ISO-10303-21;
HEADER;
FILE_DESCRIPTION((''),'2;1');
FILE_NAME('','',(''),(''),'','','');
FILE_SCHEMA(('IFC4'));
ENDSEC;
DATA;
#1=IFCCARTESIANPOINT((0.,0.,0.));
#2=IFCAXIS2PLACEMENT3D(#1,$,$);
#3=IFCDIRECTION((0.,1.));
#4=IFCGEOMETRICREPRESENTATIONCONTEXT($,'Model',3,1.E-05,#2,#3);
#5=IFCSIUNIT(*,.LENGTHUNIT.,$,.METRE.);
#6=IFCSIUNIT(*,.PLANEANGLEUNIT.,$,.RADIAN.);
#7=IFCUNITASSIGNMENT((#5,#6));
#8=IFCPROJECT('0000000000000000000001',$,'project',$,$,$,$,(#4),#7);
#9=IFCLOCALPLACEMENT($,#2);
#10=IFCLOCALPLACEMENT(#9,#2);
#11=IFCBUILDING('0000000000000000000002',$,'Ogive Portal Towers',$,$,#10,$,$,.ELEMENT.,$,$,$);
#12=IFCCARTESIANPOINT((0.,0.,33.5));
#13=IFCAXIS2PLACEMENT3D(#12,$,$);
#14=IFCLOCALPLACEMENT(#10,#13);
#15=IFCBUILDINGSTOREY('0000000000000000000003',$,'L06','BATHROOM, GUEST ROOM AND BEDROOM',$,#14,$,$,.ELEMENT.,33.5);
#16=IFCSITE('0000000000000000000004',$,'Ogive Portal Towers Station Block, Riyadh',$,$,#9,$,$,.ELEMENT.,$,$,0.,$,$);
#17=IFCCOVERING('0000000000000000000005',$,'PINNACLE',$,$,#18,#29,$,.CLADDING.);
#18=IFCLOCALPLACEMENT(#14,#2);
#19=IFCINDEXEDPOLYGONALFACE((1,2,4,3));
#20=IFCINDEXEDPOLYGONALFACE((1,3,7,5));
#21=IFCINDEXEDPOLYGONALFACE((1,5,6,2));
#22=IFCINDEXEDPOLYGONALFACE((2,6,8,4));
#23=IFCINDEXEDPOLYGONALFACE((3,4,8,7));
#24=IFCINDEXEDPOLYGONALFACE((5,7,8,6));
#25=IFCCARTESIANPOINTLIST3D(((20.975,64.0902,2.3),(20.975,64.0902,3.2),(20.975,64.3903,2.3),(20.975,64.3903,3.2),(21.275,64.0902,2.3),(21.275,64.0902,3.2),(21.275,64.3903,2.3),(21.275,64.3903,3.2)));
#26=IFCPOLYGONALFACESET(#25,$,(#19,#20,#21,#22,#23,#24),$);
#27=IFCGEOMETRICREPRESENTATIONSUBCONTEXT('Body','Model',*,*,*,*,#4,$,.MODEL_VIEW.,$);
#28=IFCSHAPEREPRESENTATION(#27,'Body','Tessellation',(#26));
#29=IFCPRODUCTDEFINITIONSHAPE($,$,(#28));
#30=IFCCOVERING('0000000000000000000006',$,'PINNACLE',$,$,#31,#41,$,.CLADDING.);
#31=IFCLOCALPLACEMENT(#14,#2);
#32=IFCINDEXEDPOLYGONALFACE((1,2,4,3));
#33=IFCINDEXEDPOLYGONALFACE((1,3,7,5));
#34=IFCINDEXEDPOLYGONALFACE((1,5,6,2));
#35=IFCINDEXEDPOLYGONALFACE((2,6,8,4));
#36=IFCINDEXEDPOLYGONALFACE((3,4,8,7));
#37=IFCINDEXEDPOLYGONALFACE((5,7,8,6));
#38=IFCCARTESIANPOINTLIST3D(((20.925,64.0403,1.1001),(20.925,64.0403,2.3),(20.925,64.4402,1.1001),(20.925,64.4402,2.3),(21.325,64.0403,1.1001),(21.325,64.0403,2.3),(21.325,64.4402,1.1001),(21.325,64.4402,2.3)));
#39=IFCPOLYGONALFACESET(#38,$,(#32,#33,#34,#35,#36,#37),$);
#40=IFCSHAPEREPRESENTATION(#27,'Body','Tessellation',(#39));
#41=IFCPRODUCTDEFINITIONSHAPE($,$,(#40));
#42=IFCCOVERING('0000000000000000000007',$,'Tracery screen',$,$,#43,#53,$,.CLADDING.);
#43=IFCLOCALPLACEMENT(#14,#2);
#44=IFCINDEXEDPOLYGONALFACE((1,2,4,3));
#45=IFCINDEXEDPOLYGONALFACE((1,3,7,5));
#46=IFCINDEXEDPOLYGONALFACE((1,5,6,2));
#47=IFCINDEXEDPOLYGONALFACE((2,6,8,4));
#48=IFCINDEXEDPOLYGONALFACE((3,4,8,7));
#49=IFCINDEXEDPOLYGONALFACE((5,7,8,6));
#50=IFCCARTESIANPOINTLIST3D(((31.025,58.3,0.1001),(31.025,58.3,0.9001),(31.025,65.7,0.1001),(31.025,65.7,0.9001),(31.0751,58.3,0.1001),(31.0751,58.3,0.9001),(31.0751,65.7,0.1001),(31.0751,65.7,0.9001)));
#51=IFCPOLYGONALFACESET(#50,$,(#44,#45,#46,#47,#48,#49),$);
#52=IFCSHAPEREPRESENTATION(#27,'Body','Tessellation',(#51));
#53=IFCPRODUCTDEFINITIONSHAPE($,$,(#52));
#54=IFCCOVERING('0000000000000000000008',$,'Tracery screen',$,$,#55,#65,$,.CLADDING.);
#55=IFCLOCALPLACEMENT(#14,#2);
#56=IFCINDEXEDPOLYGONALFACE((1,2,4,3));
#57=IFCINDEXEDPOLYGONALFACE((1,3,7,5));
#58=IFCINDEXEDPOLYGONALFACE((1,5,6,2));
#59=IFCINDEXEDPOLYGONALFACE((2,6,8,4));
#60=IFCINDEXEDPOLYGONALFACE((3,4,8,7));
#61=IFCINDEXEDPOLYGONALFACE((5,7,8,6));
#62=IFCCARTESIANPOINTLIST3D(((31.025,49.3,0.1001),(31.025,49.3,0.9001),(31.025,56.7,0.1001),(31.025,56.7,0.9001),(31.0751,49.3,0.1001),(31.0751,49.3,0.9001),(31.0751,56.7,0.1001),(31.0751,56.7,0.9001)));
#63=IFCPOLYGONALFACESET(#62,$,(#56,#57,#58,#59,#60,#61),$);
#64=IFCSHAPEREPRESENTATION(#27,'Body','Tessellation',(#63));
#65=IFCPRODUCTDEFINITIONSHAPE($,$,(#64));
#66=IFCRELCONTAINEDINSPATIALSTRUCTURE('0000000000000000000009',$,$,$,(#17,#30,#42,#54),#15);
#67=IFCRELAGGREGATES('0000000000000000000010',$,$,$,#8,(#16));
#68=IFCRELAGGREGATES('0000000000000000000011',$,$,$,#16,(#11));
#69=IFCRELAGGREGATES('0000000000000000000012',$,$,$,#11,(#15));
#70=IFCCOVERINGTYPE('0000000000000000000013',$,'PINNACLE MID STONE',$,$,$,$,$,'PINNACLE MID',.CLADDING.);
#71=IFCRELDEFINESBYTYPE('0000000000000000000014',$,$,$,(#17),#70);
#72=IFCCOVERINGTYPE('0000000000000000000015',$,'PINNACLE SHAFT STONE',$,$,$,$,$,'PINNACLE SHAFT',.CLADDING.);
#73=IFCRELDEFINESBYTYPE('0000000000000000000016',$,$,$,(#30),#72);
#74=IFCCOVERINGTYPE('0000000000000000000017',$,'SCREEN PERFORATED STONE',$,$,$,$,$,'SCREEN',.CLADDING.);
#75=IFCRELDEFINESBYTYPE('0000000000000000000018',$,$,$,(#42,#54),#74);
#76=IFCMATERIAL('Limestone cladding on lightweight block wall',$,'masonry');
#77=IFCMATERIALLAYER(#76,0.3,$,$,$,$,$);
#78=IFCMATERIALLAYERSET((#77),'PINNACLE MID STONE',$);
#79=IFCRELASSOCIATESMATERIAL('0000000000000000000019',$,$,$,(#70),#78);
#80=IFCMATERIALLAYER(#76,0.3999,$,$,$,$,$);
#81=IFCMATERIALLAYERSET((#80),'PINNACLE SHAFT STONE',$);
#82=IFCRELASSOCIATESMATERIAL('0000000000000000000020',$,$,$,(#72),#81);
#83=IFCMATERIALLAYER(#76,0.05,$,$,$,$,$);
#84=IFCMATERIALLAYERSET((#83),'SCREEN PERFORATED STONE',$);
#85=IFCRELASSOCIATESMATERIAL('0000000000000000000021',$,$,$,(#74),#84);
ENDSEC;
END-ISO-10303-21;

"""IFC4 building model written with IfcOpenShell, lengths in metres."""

from ifc_helpers import new_model, si_unit, direction, frame, origin, origin_2d, place, context, subcontext, project, spatial, rectangle, extrude, material, layer, layer_set, type_object, element, save


model = new_model("IFC4")

# Units and contexts
model_context = context("Model", 3, precision=1e-05, world=origin(), true_north=direction((0.0, 1.0)))
body_context = subcontext(model_context, "Body", "Model", "MODEL_VIEW")
ifc_project = project(units=[si_unit("LENGTHUNIT", "METRE"), si_unit("PLANEANGLEUNIT", "RADIAN")], contexts=[model_context])

# Site, building, storey
site_placement = place(None, origin())
site = spatial("IfcSite", under=ifc_project, at=site_placement, Name="Ogive Portal Towers Station Block, Riyadh", CompositionType="ELEMENT", RefElevation=0.0)
building_placement = place(site_placement, origin())
building = spatial("IfcBuilding", under=site, at=building_placement, Name="Ogive Portal Towers", CompositionType="ELEMENT")
storey_placement = place(building_placement, frame((0.0, 0.0, 33.5)))
storey = spatial("IfcBuildingStorey", under=building, at=storey_placement, Name="L06", Description="BATHROOM, GUEST ROOM AND BEDROOM", CompositionType="ELEMENT", Elevation=33.5)

# Shared definitions
ifc_material_1 = material(Name="Limestone cladding on lightweight block wall", Category="masonry")

# Coverings
ifc_layer_1 = layer(ifc_material_1, 0.3)
ifc_layer_set_1 = layer_set([ifc_layer_1], Name="PINNACLE MID STONE")
covering_type_1 = type_object("IfcCoveringType", Name="PINNACLE MID STONE", ElementType="PINNACLE MID", PredefinedType="CLADDING", material=ifc_layer_set_1)
covering_1_placement = place(storey_placement, frame((21.125, 64.2402, 2.3), z_axis=(0.0, 0.0, 1.0), x_axis=(1.0, 0.0, 0.0)))
element("IfcCovering", 1, at=covering_1_placement, inside=storey, type_object=covering_type_1, Name="PINNACLE", PredefinedType="CLADDING", context=body_context, shape_type="SweptSolid", body=[
    extrude(rectangle(XDim=0.3, YDim=0.3, at=origin_2d()), origin(), (0.0, 0.0, 1.0), 0.8999),
])
ifc_layer_2 = layer(ifc_material_1, 0.3999)
ifc_layer_set_2 = layer_set([ifc_layer_2], Name="PINNACLE SHAFT STONE")
covering_type_2 = type_object("IfcCoveringType", Name="PINNACLE SHAFT STONE", ElementType="PINNACLE SHAFT", PredefinedType="CLADDING", material=ifc_layer_set_2)
covering_2_placement = place(storey_placement, frame((21.125, 64.2402, 1.1001), z_axis=(0.0, 0.0, 1.0), x_axis=(1.0, 0.0, 0.0)))
element("IfcCovering", 2, at=covering_2_placement, inside=storey, type_object=covering_type_2, Name="PINNACLE", PredefinedType="CLADDING", context=body_context, shape_type="SweptSolid", body=[
    extrude(rectangle(XDim=0.3999, YDim=0.3999, at=origin_2d()), origin(), (0.0, 0.0, 1.0), 1.2),
])
ifc_layer_3 = layer(ifc_material_1, 0.05)
ifc_layer_set_3 = layer_set([ifc_layer_3], Name="SCREEN PERFORATED STONE")
covering_type_3 = type_object("IfcCoveringType", Name="SCREEN PERFORATED STONE", ElementType="SCREEN", PredefinedType="CLADDING", material=ifc_layer_set_3)
for number, where, z_axis, x_axis, name in (
    (3, (31.05, 62.0, 0.1001), (0.0, 0.0, 1.0), (0.0, -1.0, 0.0), "Tracery screen"),
    (4, (31.05, 53.0, 0.1001), (0.0, 0.0, 1.0), (0.0, -1.0, 0.0), "Tracery screen"),
):
    element("IfcCovering", number, at=place(storey_placement, frame(where, z_axis=z_axis, x_axis=x_axis)), inside=storey, type_object=covering_type_3, Name=name, PredefinedType="CLADDING", context=body_context, shape_type="SweptSolid", body=[
        extrude(rectangle(XDim=7.3999, YDim=0.05, at=origin_2d()), origin(), (0.0, 0.0, 1.0), 0.8),
    ])

save(model, "model.ifc")
